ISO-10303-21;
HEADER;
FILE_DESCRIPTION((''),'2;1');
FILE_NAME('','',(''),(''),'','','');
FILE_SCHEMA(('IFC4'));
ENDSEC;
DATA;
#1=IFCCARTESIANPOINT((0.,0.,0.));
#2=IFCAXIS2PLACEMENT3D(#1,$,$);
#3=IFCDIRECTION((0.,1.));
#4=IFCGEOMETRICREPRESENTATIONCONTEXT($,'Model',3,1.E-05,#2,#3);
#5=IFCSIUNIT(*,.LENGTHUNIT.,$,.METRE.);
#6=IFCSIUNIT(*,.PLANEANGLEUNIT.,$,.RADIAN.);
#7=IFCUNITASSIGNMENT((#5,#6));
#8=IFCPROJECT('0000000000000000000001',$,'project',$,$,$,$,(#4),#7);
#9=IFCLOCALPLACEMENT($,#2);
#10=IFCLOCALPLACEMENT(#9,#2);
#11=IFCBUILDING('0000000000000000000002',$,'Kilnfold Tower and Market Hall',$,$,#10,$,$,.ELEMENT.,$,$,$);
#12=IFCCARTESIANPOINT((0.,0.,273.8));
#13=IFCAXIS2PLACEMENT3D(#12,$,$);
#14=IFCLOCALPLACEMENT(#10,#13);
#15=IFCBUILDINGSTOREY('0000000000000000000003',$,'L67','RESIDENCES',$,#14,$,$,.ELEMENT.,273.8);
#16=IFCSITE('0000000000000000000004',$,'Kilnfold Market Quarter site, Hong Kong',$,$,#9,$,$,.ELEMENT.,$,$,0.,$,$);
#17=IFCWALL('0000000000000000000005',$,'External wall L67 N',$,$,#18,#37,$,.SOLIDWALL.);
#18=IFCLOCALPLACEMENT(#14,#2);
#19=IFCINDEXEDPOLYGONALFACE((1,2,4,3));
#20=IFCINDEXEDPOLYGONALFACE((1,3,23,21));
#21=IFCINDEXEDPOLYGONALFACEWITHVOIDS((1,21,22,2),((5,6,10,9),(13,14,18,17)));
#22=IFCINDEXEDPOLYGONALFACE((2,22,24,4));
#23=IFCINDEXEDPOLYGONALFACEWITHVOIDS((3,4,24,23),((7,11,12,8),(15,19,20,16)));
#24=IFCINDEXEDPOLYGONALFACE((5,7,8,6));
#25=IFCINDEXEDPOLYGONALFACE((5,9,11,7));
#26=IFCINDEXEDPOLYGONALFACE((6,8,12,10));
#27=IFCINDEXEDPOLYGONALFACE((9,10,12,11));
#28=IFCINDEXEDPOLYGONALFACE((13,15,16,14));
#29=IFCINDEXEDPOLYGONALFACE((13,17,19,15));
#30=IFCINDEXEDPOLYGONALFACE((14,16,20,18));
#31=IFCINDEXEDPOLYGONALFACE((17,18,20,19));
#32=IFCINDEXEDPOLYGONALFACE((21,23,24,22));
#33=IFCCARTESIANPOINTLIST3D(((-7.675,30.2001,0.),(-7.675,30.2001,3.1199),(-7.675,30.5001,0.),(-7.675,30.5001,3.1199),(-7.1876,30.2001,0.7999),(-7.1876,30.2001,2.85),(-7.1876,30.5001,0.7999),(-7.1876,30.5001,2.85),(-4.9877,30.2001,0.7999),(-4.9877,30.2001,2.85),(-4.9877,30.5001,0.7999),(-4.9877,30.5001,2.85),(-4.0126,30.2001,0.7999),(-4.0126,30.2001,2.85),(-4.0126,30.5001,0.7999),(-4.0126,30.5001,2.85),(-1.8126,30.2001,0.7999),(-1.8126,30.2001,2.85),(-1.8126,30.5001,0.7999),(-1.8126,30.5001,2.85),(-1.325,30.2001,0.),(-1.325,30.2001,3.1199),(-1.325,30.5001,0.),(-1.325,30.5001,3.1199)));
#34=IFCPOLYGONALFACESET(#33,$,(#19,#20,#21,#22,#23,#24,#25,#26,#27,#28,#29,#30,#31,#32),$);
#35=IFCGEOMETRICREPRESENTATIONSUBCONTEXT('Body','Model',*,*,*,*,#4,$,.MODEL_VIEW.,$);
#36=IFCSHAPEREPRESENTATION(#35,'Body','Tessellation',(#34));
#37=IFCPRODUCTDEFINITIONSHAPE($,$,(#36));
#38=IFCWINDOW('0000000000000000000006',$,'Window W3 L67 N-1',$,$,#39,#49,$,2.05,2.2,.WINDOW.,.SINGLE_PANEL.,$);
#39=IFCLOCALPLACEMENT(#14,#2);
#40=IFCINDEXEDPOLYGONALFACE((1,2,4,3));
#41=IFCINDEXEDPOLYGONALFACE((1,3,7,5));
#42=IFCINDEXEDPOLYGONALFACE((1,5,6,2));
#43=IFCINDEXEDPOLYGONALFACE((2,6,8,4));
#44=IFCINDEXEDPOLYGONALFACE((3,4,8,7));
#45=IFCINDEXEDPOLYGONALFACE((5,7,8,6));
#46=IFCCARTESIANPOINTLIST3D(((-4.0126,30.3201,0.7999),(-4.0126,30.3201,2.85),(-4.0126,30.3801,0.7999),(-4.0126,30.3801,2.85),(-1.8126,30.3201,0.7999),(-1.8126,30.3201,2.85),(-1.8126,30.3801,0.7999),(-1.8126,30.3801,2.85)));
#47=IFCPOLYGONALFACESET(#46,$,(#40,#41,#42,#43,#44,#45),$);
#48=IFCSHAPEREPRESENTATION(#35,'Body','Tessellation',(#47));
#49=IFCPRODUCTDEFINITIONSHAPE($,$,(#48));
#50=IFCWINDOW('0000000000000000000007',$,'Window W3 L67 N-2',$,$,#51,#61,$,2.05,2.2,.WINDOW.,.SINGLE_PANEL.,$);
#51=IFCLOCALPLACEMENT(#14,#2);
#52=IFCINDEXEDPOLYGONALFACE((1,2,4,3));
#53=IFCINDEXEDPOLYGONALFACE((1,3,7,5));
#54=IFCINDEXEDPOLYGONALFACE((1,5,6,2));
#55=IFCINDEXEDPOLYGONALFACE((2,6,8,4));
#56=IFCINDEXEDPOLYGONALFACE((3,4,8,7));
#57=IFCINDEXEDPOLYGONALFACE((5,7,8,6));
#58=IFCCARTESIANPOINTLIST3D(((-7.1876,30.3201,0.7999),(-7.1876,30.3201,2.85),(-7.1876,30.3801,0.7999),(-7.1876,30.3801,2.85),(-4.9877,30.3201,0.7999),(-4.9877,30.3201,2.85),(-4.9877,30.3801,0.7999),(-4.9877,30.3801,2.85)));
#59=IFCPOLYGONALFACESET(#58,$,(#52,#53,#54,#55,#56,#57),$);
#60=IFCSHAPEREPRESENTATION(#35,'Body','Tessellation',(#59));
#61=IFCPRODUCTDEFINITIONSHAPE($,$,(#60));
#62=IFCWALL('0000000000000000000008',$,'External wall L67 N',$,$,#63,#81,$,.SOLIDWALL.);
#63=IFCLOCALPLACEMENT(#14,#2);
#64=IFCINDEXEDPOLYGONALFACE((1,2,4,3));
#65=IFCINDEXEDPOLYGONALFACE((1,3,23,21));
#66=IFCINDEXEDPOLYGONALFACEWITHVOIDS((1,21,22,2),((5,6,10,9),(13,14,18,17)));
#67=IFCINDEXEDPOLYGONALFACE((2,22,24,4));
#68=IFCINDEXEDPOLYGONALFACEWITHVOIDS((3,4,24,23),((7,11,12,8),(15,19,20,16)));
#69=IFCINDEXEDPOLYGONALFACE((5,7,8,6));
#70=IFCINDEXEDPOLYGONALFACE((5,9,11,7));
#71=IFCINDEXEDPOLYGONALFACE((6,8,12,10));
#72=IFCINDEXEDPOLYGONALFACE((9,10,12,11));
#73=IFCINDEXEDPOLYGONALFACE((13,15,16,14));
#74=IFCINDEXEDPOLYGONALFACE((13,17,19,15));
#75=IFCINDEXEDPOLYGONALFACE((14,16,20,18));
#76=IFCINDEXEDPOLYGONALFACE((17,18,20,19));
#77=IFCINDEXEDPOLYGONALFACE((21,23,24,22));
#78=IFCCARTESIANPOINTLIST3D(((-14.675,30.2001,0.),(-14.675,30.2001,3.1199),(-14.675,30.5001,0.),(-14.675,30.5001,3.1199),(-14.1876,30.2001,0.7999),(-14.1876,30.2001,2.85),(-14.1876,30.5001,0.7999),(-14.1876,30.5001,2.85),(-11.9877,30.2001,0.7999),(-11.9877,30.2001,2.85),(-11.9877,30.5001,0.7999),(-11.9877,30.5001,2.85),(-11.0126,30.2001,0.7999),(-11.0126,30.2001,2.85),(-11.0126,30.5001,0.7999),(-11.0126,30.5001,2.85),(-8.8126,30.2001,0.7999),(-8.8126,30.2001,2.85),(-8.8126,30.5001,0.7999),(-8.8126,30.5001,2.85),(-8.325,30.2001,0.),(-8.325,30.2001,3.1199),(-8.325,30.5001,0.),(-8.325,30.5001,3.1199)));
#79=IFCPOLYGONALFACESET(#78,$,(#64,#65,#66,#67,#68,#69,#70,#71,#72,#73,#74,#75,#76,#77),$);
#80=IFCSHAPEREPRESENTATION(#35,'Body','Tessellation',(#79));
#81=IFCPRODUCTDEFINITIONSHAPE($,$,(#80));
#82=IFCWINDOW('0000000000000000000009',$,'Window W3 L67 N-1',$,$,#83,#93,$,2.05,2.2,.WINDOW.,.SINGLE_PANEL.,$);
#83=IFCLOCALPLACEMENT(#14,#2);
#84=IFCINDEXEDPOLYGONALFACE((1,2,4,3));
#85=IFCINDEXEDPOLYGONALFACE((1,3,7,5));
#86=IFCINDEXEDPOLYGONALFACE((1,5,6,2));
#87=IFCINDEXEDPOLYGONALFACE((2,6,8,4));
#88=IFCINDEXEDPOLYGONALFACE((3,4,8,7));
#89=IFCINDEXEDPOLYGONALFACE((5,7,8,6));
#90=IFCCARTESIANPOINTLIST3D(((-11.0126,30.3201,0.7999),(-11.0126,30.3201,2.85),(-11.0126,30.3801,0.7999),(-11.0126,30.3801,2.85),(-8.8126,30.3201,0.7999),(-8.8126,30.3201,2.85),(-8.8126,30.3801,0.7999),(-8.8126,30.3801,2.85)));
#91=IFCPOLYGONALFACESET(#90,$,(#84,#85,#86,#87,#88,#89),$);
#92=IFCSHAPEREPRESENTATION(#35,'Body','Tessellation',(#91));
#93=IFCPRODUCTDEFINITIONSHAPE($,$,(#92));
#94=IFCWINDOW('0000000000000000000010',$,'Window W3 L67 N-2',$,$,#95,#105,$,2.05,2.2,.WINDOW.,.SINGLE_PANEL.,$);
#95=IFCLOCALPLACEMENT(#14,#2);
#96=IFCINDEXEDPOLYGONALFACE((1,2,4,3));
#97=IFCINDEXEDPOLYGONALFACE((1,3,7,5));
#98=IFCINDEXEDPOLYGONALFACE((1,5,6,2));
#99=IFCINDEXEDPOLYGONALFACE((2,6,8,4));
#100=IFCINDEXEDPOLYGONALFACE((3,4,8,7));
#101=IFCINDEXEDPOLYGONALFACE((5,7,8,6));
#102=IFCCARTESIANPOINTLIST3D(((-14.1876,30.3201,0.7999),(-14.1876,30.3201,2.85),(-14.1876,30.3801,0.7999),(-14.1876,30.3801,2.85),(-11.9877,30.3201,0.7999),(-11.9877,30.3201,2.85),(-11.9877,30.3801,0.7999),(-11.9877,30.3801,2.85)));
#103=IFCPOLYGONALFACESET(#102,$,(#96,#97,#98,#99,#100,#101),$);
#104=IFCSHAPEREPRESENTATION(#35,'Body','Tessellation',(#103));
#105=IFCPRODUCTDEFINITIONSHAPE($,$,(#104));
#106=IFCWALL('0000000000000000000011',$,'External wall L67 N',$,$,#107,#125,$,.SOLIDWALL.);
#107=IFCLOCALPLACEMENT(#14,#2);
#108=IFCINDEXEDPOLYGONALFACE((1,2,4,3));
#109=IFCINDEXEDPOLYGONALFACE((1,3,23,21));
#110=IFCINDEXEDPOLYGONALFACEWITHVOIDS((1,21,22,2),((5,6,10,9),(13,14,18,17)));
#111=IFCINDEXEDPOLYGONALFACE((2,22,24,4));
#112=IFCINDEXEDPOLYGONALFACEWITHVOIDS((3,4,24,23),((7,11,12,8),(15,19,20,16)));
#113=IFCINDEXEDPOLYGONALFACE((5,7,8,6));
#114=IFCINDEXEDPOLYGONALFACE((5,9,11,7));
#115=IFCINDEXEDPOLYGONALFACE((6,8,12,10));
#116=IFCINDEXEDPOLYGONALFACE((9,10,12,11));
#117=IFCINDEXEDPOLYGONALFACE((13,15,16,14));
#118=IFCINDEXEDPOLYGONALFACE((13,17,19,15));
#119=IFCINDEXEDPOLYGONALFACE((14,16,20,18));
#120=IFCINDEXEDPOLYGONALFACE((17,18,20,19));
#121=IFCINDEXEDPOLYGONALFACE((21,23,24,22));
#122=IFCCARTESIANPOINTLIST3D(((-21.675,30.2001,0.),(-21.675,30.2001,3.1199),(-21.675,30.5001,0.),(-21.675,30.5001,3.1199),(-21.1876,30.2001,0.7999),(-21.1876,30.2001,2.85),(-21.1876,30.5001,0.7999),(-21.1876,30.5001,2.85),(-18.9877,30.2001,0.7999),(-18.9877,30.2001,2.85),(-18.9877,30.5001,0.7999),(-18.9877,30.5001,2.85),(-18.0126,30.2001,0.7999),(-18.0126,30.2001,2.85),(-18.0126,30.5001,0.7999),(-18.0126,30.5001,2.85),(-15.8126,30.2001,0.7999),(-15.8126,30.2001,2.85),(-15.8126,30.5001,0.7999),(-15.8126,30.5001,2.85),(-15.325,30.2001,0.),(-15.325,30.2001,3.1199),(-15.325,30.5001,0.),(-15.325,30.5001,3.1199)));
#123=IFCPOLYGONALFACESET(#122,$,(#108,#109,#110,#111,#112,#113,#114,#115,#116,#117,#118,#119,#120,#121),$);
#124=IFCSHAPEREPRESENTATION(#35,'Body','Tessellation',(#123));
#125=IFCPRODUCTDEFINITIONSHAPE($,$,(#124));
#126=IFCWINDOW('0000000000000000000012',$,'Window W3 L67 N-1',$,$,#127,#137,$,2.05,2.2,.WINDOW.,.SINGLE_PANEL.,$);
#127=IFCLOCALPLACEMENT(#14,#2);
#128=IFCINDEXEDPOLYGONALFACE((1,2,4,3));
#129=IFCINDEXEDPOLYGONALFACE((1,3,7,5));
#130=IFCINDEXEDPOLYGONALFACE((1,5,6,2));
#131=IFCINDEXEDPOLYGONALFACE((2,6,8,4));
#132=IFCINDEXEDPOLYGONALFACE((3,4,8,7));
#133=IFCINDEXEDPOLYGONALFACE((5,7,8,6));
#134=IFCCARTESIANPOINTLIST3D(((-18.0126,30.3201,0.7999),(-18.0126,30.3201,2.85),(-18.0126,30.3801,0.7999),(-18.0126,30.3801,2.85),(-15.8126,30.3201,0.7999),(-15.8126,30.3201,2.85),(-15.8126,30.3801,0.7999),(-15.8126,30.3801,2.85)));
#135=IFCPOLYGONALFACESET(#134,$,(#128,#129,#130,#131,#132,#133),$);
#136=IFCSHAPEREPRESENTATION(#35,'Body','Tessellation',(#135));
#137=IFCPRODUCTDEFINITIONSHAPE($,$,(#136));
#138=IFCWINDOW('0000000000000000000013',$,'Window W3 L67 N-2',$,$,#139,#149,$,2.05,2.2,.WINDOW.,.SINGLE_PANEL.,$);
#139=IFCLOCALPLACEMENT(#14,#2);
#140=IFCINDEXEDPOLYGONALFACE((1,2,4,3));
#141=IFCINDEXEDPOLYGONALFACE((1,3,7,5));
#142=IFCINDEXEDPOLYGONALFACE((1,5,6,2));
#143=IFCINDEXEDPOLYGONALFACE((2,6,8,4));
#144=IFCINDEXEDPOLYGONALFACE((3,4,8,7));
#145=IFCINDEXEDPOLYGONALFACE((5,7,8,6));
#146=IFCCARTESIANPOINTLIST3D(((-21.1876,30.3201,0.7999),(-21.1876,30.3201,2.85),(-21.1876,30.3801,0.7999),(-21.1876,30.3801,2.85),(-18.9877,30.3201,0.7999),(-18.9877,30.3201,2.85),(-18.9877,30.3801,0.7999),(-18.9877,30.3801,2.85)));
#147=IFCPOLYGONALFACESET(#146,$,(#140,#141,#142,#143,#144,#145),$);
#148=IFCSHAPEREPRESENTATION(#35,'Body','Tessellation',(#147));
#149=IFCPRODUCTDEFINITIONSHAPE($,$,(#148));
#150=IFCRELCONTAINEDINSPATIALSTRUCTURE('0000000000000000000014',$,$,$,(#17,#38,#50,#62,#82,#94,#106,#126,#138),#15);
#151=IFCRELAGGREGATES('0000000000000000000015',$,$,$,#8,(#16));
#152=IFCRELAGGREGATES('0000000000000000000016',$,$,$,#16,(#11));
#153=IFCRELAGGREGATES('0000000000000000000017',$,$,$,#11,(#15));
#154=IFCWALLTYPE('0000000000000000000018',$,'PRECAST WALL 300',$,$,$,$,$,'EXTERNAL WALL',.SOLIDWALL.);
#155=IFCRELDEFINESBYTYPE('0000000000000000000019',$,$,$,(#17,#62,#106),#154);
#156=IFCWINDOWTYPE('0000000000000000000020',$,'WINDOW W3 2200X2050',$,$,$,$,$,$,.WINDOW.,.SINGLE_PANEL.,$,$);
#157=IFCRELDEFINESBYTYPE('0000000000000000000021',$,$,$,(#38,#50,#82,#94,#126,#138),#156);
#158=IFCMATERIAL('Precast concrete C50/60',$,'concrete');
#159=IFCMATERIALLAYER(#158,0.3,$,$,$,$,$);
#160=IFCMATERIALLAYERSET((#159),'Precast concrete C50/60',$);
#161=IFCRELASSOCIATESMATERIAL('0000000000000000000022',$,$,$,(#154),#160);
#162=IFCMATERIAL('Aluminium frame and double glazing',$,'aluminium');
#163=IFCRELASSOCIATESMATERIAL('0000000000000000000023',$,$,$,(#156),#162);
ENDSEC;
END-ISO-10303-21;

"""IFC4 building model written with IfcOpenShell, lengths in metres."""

from ifc_helpers import new_model, si_unit, direction, frame, frame_2d, origin, place, context, subcontext, project, spatial, rectangle, extrude, source, transform, mapped, material, layer, layer_set, type_object, element, fill, save


model = new_model("IFC4")

# Units and contexts
model_context = context("Model", 3, precision=1e-05, world=origin(), true_north=direction((0.0, 1.0)))
body_context = subcontext(model_context, "Body", "Model", "MODEL_VIEW")
ifc_project = project(units=[si_unit("LENGTHUNIT", "METRE"), si_unit("PLANEANGLEUNIT", "RADIAN")], contexts=[model_context])

# Site, building, storey
site_placement = place(None, origin())
site = spatial("IfcSite", under=ifc_project, at=site_placement, Name="Kilnfold Market Quarter site, Hong Kong", CompositionType="ELEMENT", RefElevation=0.0)
building_placement = place(site_placement, origin())
building = spatial("IfcBuilding", under=site, at=building_placement, Name="Kilnfold Tower and Market Hall", CompositionType="ELEMENT")
storey_placement = place(building_placement, frame((0.0, 0.0, 273.8)))
storey = spatial("IfcBuildingStorey", under=building, at=storey_placement, Name="L67", Description="RESIDENCES", CompositionType="ELEMENT", Elevation=273.8)

# Walls, openings, windows
ifc_material_1 = material(Name="Precast concrete C50/60", Category="concrete")
ifc_layer_1 = layer(ifc_material_1, 0.3)
ifc_layer_set_1 = layer_set([ifc_layer_1], Name="Precast concrete C50/60")
wall_type_1 = type_object("IfcWallType", Name="PRECAST WALL 300", ElementType="EXTERNAL WALL", PredefinedType="SOLIDWALL", material=ifc_layer_set_1)
shared_shape_1 = source(origin(), body_context, "Body", "SweptSolid", [
    extrude(rectangle(XDim=6.3501, YDim=0.3, at=frame_2d((3.175, 0.0))), origin(), (0.0, 0.0, 1.0), 3.1199),
])
wall_1_placement = place(storey_placement, frame((-1.325, 30.3501, 0.0), z_axis=(0.0, 0.0, 1.0), x_axis=(-1.0, 0.0, 0.0)))
wall_1 = element("IfcWall", 1, at=wall_1_placement, inside=storey, type_object=wall_type_1, Name="External wall L67 N", PredefinedType="SOLIDWALL", context=body_context, shape_type="MappedRepresentation", body=[
    mapped(shared_shape_1, transform((0.0, 0.0, 0.0))),
])
opening_1_placement = place(wall_1_placement, frame((0.4875, 0.0, 0.8)))
opening_1 = element("IfcOpeningElement", 2, at=opening_1_placement, cuts=wall_1, PredefinedType="OPENING", context=body_context, shape_type="SweptSolid", body=[
    extrude(rectangle(XDim=2.2, YDim=2.05, at=frame_2d((1.1001, 1.0249))), frame((0.0, 0.1602, 0.0), z_axis=(0.0, -1.0, 0.0), x_axis=(1.0, 0.0, 0.0)), (0.0, 0.0, 1.0), 0.3201),
])
opening_2_placement = place(wall_1_placement, frame((3.6626, 0.0, 0.8)))
opening_2 = element("IfcOpeningElement", 3, at=opening_2_placement, cuts=wall_1, PredefinedType="OPENING", context=body_context, shape_type="SweptSolid", body=[
    extrude(rectangle(XDim=2.2, YDim=2.05, at=frame_2d((1.1001, 1.0249))), frame((0.0, 0.1602, 0.0), z_axis=(0.0, -1.0, 0.0), x_axis=(1.0, 0.0, 0.0)), (0.0, 0.0, 1.0), 0.3201),
])
ifc_material_2 = material(Name="Aluminium frame and double glazing", Category="aluminium")
window_type = type_object("IfcWindowType", Name="WINDOW W3 2200X2050", PartitioningType="SINGLE_PANEL", PredefinedType="WINDOW", material=ifc_material_2)
window_1_placement = place(opening_1_placement, origin())
window_1 = element("IfcWindow", 4, at=window_1_placement, inside=storey, type_object=window_type, Name="Window W3 L67 N-1", OverallHeight=2.05, OverallWidth=2.2, PartitioningType="SINGLE_PANEL", PredefinedType="WINDOW", context=body_context, shape_type="SweptSolid", body=[
    extrude(rectangle(XDim=2.2, YDim=2.05, at=frame_2d((1.1001, 1.0249))), frame((0.0, 0.03, 0.0), z_axis=(0.0, -1.0, 0.0), x_axis=(1.0, 0.0, 0.0)), (0.0, 0.0, 1.0), 0.0601),
])
fill(opening_1, window_1)
window_2_placement = place(opening_2_placement, origin())
window_2 = element("IfcWindow", 5, at=window_2_placement, inside=storey, type_object=window_type, Name="Window W3 L67 N-2", OverallHeight=2.05, OverallWidth=2.2, PartitioningType="SINGLE_PANEL", PredefinedType="WINDOW", context=body_context, shape_type="SweptSolid", body=[
    extrude(rectangle(XDim=2.2, YDim=2.05, at=frame_2d((1.1001, 1.0249))), frame((0.0, 0.03, 0.0), z_axis=(0.0, -1.0, 0.0), x_axis=(1.0, 0.0, 0.0)), (0.0, 0.0, 1.0), 0.0601),
])
fill(opening_2, window_2)
wall_2_placement = place(storey_placement, frame((-8.325, 30.3501, 0.0), z_axis=(0.0, 0.0, 1.0), x_axis=(-1.0, 0.0, 0.0)))
wall_2 = element("IfcWall", 6, at=wall_2_placement, inside=storey, type_object=wall_type_1, Name="External wall L67 N", PredefinedType="SOLIDWALL", context=body_context, shape_type="MappedRepresentation", body=[
    mapped(shared_shape_1, transform((0.0, 0.0, 0.0))),
])
opening_3_placement = place(wall_2_placement, frame((0.4875, 0.0, 0.8)))
opening_3 = element("IfcOpeningElement", 7, at=opening_3_placement, cuts=wall_2, PredefinedType="OPENING", context=body_context, shape_type="SweptSolid", body=[
    extrude(rectangle(XDim=2.2, YDim=2.05, at=frame_2d((1.1001, 1.0249))), frame((0.0, 0.1602, 0.0), z_axis=(0.0, -1.0, 0.0), x_axis=(1.0, 0.0, 0.0)), (0.0, 0.0, 1.0), 0.3201),
])
opening_4_placement = place(wall_2_placement, frame((3.6626, 0.0, 0.8)))
opening_4 = element("IfcOpeningElement", 8, at=opening_4_placement, cuts=wall_2, PredefinedType="OPENING", context=body_context, shape_type="SweptSolid", body=[
    extrude(rectangle(XDim=2.2, YDim=2.05, at=frame_2d((1.1001, 1.0249))), frame((0.0, 0.1602, 0.0), z_axis=(0.0, -1.0, 0.0), x_axis=(1.0, 0.0, 0.0)), (0.0, 0.0, 1.0), 0.3201),
])
window_3_placement = place(opening_3_placement, origin())
window_3 = element("IfcWindow", 9, at=window_3_placement, inside=storey, type_object=window_type, Name="Window W3 L67 N-1", OverallHeight=2.05, OverallWidth=2.2, PartitioningType="SINGLE_PANEL", PredefinedType="WINDOW", context=body_context, shape_type="SweptSolid", body=[
    extrude(rectangle(XDim=2.2, YDim=2.05, at=frame_2d((1.1001, 1.0249))), frame((0.0, 0.03, 0.0), z_axis=(0.0, -1.0, 0.0), x_axis=(1.0, 0.0, 0.0)), (0.0, 0.0, 1.0), 0.0601),
])
fill(opening_3, window_3)
window_4_placement = place(opening_4_placement, origin())
window_4 = element("IfcWindow", 10, at=window_4_placement, inside=storey, type_object=window_type, Name="Window W3 L67 N-2", OverallHeight=2.05, OverallWidth=2.2, PartitioningType="SINGLE_PANEL", PredefinedType="WINDOW", context=body_context, shape_type="SweptSolid", body=[
    extrude(rectangle(XDim=2.2, YDim=2.05, at=frame_2d((1.1001, 1.0249))), frame((0.0, 0.03, 0.0), z_axis=(0.0, -1.0, 0.0), x_axis=(1.0, 0.0, 0.0)), (0.0, 0.0, 1.0), 0.0601),
])
fill(opening_4, window_4)
wall_3_placement = place(storey_placement, frame((-15.325, 30.3501, 0.0), z_axis=(0.0, 0.0, 1.0), x_axis=(-1.0, 0.0, 0.0)))
wall_3 = element("IfcWall", 11, at=wall_3_placement, inside=storey, type_object=wall_type_1, Name="External wall L67 N", PredefinedType="SOLIDWALL", context=body_context, shape_type="MappedRepresentation", body=[
    mapped(shared_shape_1, transform((0.0, 0.0, 0.0))),
])
opening_5_placement = place(wall_3_placement, frame((0.4875, 0.0, 0.8)))
opening_5 = element("IfcOpeningElement", 12, at=opening_5_placement, cuts=wall_3, PredefinedType="OPENING", context=body_context, shape_type="SweptSolid", body=[
    extrude(rectangle(XDim=2.2, YDim=2.05, at=frame_2d((1.1001, 1.0249))), frame((0.0, 0.1602, 0.0), z_axis=(0.0, -1.0, 0.0), x_axis=(1.0, 0.0, 0.0)), (0.0, 0.0, 1.0), 0.3201),
])
opening_6_placement = place(wall_3_placement, frame((3.6626, 0.0, 0.8)))
opening_6 = element("IfcOpeningElement", 13, at=opening_6_placement, cuts=wall_3, PredefinedType="OPENING", context=body_context, shape_type="SweptSolid", body=[
    extrude(rectangle(XDim=2.2, YDim=2.05, at=frame_2d((1.1001, 1.0249))), frame((0.0, 0.1602, 0.0), z_axis=(0.0, -1.0, 0.0), x_axis=(1.0, 0.0, 0.0)), (0.0, 0.0, 1.0), 0.3201),
])
window_5_placement = place(opening_5_placement, origin())
window_5 = element("IfcWindow", 14, at=window_5_placement, inside=storey, type_object=window_type, Name="Window W3 L67 N-1", OverallHeight=2.05, OverallWidth=2.2, PartitioningType="SINGLE_PANEL", PredefinedType="WINDOW", context=body_context, shape_type="SweptSolid", body=[
    extrude(rectangle(XDim=2.2, YDim=2.05, at=frame_2d((1.1001, 1.0249))), frame((0.0, 0.03, 0.0), z_axis=(0.0, -1.0, 0.0), x_axis=(1.0, 0.0, 0.0)), (0.0, 0.0, 1.0), 0.0601),
])
fill(opening_5, window_5)
window_6_placement = place(opening_6_placement, origin())
window_6 = element("IfcWindow", 15, at=window_6_placement, inside=storey, type_object=window_type, Name="Window W3 L67 N-2", OverallHeight=2.05, OverallWidth=2.2, PartitioningType="SINGLE_PANEL", PredefinedType="WINDOW", context=body_context, shape_type="SweptSolid", body=[
    extrude(rectangle(XDim=2.2, YDim=2.05, at=frame_2d((1.1001, 1.0249))), frame((0.0, 0.03, 0.0), z_axis=(0.0, -1.0, 0.0), x_axis=(1.0, 0.0, 0.0)), (0.0, 0.0, 1.0), 0.0601),
])
fill(opening_6, window_6)

save(model, "model.ifc")
